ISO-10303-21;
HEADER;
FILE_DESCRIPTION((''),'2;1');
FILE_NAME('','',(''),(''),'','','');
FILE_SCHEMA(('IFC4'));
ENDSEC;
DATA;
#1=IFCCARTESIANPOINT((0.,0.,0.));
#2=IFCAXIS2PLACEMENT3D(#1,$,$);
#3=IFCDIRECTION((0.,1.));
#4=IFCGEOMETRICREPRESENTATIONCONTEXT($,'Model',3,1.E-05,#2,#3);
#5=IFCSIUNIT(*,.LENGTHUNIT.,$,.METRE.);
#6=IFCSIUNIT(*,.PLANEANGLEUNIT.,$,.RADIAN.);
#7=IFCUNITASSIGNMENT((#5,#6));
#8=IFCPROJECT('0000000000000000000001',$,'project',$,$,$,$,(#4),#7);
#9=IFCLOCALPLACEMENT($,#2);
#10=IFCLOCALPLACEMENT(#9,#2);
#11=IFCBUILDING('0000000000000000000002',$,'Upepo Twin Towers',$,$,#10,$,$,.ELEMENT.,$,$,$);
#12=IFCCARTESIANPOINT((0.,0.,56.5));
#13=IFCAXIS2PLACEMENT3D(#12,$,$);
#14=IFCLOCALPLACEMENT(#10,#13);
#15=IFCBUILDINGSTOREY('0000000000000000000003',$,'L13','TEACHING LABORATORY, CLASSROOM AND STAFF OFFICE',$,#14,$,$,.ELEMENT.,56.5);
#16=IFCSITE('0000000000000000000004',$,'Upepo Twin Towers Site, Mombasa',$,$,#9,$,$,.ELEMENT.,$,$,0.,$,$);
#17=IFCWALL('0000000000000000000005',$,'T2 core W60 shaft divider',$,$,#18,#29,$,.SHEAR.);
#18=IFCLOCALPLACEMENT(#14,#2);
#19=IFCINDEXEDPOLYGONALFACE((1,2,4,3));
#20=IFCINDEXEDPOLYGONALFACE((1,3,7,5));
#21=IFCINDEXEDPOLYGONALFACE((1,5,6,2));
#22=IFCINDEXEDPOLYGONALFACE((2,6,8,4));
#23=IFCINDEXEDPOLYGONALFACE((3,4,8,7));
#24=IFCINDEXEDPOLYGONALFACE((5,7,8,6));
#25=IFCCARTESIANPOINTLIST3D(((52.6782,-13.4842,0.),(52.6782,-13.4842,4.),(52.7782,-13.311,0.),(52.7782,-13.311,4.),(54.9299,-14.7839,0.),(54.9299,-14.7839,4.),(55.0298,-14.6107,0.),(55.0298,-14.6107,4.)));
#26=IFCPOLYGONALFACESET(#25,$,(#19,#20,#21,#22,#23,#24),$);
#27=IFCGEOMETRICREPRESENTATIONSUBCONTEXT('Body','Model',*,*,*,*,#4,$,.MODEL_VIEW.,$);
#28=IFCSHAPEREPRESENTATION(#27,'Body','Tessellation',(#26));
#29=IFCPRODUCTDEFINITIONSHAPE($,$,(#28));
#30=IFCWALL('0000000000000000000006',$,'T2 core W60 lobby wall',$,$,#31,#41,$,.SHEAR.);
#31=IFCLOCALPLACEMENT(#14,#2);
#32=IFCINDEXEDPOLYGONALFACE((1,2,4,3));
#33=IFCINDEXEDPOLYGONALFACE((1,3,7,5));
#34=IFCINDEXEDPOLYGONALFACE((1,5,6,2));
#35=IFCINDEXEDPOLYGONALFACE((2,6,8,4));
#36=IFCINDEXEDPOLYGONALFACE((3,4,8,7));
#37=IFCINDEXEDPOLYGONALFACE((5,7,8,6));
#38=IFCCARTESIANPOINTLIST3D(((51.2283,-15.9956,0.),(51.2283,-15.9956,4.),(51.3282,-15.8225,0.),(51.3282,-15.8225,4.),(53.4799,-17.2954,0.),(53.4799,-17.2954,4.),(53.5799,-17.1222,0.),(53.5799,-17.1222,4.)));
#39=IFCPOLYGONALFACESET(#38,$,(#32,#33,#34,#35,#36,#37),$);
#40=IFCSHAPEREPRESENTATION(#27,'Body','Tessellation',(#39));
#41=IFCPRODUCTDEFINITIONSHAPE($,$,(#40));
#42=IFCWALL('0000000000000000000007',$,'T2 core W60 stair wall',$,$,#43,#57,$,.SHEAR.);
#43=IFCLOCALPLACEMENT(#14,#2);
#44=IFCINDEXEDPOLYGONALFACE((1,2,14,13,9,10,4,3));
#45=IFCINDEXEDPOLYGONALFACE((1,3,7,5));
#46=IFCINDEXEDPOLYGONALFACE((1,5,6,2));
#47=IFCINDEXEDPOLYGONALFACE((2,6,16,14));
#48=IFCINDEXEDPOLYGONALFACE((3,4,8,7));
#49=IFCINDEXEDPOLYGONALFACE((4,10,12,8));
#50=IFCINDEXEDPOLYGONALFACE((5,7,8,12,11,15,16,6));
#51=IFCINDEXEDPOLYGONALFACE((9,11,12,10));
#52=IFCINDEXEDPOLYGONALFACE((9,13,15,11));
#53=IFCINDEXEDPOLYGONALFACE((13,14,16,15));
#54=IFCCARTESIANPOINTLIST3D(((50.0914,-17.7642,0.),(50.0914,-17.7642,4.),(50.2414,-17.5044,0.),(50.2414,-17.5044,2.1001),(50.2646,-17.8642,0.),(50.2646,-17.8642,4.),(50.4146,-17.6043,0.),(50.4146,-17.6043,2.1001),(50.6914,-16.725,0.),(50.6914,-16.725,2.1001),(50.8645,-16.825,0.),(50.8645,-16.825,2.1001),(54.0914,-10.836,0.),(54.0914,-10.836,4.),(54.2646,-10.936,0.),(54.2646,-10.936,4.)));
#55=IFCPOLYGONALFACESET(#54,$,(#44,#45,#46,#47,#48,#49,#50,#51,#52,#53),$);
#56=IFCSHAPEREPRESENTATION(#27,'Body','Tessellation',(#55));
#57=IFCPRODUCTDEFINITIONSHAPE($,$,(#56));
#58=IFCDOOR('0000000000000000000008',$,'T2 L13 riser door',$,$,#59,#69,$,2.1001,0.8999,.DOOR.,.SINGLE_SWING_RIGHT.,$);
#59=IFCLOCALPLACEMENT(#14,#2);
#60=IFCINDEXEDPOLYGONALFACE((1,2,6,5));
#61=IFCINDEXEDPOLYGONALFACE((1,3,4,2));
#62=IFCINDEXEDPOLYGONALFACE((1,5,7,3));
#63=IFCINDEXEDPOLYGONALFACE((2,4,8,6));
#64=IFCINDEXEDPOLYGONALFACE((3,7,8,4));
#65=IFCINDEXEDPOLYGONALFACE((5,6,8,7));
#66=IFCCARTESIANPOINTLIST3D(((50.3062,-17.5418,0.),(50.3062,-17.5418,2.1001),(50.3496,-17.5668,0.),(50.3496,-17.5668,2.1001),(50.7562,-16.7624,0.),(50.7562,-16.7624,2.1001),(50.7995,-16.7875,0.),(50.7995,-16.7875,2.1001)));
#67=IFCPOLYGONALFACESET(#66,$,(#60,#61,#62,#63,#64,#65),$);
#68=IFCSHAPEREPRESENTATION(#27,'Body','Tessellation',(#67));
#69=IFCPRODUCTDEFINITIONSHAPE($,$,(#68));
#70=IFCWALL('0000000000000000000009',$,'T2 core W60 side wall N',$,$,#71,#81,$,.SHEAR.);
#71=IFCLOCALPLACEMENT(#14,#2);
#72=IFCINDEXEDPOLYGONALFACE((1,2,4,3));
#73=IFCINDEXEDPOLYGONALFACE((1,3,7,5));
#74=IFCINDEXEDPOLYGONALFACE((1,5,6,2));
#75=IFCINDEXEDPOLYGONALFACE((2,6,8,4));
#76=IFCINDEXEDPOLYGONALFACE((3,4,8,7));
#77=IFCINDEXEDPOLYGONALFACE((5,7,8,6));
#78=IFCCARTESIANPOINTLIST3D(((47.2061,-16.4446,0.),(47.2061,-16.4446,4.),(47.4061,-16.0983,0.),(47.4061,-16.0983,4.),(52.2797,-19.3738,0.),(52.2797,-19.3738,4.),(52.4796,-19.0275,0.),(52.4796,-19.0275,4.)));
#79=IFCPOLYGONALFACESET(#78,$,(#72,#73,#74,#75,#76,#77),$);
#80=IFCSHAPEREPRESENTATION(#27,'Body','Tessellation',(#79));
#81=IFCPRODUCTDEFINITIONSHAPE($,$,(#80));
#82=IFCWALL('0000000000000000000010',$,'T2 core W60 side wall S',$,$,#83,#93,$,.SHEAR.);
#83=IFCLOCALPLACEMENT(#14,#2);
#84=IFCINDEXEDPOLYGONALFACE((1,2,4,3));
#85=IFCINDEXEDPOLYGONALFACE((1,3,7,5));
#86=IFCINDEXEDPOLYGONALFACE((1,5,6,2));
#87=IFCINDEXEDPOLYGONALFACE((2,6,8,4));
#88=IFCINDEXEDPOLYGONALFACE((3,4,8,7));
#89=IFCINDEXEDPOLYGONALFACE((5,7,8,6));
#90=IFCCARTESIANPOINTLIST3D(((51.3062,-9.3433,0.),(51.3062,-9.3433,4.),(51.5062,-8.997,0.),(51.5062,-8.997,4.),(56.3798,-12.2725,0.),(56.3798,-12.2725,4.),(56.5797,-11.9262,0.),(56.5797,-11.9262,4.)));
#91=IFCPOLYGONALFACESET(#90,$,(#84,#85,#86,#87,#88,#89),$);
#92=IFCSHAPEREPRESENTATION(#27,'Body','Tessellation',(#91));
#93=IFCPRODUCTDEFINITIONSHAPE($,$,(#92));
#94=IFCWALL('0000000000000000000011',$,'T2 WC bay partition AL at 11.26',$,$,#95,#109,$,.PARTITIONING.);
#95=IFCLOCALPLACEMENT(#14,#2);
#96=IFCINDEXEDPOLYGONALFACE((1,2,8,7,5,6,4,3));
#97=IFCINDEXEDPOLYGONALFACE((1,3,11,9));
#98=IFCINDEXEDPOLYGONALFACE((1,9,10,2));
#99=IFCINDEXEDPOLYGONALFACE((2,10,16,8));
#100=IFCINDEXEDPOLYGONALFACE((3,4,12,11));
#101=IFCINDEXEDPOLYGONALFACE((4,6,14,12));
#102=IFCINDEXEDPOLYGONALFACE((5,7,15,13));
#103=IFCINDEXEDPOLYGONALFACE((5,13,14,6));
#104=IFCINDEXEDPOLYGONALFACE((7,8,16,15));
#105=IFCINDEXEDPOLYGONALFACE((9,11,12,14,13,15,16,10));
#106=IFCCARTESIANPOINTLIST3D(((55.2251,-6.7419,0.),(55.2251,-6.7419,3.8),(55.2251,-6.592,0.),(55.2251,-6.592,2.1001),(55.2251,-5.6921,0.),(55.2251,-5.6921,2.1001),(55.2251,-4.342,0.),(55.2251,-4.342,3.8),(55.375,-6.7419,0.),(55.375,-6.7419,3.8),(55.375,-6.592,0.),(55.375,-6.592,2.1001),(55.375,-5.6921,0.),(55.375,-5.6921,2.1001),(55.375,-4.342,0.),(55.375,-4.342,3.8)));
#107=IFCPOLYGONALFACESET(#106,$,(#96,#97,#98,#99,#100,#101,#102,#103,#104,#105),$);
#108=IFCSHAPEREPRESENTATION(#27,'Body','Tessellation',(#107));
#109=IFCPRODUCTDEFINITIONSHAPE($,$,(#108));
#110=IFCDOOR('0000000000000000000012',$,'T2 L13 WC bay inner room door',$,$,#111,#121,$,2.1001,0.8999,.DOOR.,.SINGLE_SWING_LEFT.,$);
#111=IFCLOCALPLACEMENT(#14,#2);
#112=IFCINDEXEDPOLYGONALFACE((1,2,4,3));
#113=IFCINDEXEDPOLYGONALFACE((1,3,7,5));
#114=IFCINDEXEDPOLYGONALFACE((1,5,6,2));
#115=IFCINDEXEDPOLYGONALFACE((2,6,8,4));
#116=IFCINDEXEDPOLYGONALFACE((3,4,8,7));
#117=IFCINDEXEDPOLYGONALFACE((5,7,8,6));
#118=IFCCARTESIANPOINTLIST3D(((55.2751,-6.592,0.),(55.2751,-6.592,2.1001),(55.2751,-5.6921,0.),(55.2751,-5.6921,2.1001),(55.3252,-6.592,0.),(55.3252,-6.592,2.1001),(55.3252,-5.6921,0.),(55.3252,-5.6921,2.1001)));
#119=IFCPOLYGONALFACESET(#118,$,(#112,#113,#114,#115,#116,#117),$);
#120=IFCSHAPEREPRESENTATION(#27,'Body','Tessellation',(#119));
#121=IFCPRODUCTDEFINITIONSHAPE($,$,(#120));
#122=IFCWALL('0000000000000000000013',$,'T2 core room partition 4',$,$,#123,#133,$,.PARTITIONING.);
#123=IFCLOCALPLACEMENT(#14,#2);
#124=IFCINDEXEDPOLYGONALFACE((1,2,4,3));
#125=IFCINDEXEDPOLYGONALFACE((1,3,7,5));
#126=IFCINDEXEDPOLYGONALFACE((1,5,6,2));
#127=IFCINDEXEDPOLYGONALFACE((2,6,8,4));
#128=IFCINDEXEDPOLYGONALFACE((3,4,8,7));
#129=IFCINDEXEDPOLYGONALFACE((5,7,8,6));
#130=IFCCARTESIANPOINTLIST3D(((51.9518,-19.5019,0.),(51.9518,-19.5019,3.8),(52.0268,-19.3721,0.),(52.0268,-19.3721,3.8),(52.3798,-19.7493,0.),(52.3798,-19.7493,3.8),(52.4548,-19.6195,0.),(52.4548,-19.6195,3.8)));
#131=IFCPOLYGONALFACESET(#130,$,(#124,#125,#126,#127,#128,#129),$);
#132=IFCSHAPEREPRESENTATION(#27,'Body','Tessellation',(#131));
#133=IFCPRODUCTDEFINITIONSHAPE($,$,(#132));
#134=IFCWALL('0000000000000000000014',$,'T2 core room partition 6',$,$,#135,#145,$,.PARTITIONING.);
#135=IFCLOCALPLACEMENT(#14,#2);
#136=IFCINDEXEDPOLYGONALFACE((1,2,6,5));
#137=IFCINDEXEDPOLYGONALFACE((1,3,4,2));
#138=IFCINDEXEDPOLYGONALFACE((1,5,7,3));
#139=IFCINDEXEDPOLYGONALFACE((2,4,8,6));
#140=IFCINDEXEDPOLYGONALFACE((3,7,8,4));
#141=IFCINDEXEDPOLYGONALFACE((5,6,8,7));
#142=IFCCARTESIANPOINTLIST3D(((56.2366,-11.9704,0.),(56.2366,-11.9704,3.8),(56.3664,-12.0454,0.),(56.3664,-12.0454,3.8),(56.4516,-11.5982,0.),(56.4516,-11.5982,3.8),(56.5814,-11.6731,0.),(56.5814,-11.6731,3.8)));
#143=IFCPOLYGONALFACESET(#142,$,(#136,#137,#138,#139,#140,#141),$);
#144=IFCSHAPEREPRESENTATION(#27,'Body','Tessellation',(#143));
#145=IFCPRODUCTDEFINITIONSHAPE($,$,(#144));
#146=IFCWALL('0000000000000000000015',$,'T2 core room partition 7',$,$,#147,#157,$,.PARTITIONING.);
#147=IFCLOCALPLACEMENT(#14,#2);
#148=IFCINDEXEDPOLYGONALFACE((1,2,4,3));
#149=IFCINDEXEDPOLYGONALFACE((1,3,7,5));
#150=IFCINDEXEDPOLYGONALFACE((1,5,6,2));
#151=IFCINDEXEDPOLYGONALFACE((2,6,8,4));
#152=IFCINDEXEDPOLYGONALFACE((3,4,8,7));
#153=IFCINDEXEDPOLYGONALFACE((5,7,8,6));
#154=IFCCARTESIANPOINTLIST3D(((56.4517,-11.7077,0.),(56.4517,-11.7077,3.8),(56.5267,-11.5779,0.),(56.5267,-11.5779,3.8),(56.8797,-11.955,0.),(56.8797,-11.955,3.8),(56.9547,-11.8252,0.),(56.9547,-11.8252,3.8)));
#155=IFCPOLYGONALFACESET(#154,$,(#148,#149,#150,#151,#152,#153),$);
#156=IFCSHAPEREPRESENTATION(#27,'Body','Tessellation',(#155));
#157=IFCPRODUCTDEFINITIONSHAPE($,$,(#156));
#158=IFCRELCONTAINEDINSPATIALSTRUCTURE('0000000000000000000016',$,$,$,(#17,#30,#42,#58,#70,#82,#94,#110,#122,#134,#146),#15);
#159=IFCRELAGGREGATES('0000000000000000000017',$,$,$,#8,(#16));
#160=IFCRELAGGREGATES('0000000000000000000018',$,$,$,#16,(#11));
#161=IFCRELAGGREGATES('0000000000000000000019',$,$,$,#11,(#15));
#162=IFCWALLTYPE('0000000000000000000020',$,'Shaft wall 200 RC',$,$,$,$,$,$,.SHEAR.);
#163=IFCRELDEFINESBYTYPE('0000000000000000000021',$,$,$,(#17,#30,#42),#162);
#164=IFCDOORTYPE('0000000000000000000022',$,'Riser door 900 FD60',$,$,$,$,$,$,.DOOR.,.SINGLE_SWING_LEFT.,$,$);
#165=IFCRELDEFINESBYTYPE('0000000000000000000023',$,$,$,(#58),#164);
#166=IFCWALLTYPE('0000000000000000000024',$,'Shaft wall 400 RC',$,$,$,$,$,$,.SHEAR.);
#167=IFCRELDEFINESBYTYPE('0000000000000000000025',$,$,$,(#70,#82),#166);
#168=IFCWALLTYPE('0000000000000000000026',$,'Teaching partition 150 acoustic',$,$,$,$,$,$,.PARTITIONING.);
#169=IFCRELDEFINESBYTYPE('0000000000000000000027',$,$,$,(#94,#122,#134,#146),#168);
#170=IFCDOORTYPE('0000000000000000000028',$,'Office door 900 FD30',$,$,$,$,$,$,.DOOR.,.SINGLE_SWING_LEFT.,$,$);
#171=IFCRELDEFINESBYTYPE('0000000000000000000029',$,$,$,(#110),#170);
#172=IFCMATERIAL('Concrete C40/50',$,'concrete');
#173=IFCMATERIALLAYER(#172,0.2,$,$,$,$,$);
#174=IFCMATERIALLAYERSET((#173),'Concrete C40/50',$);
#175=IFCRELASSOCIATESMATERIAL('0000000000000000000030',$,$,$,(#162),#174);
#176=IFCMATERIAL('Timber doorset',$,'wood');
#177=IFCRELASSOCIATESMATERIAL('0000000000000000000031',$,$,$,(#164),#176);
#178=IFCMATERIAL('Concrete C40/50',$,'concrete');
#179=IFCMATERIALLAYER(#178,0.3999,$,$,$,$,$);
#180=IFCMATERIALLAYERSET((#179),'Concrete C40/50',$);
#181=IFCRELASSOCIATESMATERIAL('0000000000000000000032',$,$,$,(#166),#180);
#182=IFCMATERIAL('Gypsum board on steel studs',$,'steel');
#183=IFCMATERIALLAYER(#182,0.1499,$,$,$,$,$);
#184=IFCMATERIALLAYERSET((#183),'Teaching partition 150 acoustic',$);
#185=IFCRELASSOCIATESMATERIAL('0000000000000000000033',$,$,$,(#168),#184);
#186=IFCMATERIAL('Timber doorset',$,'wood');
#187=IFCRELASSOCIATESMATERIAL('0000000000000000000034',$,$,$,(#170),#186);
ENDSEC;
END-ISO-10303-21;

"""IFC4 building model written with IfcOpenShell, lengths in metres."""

from ifc_helpers import new_model, si_unit, direction, frame, frame_2d, origin, place, context, subcontext, project, spatial, rectangle, extrude, material, layer, layer_set, type_object, element, fill, save


model = new_model("IFC4")

# Units and contexts
model_context = context("Model", 3, precision=1e-05, world=origin(), true_north=direction((0.0, 1.0)))
body_context = subcontext(model_context, "Body", "Model", "MODEL_VIEW")
ifc_project = project(units=[si_unit("LENGTHUNIT", "METRE"), si_unit("PLANEANGLEUNIT", "RADIAN")], contexts=[model_context])

# Site, building, storey
site_placement = place(None, origin())
site = spatial("IfcSite", under=ifc_project, at=site_placement, Name="Upepo Twin Towers Site, Mombasa", CompositionType="ELEMENT", RefElevation=0.0)
building_placement = place(site_placement, origin())
building = spatial("IfcBuilding", under=site, at=building_placement, Name="Upepo Twin Towers", CompositionType="ELEMENT")
storey_placement = place(building_placement, frame((0.0, 0.0, 56.5)))
storey = spatial("IfcBuildingStorey", under=building, at=storey_placement, Name="L13", Description="TEACHING LABORATORY, CLASSROOM AND STAFF OFFICE", CompositionType="ELEMENT", Elevation=56.5)

# Shared definitions
ifc_material_1 = material(Name="Concrete C40/50", Category="concrete")
ifc_layer_1 = layer(ifc_material_1, 0.2)
ifc_layer_set_1 = layer_set([ifc_layer_1], Name="Concrete C40/50")
wall_type_1 = type_object("IfcWallType", Name="Shaft wall 200 RC", PredefinedType="SHEAR", material=ifc_layer_set_1)

# Walls
for number, where, z_axis, x_axis, name in (
    (1, (54.9797, -14.6973, 0.0), (0.0, 0.0, 1.0), (-0.866062, 0.499937, 0.0), "T2 core W60 shaft divider"),
    (2, (53.5298, -17.2087, 0.0), (0.0, 0.0, 1.0), (-0.866062, 0.499937, 0.0), "T2 core W60 lobby wall"),
):
    element("IfcWall", number, at=place(storey_placement, frame(where, z_axis=z_axis, x_axis=x_axis)), inside=storey, type_object=wall_type_1, Name=name, PredefinedType="SHEAR", context=body_context, shape_type="SweptSolid", body=[
        extrude(rectangle(XDim=2.5999, YDim=0.2, at=frame_2d((1.2998, 0.0))), origin(), (0.0, 0.0, 1.0), 4.0),
    ])

# Wall, opening, door
wall_1_placement = place(storey_placement, frame((54.178, -10.886, 0.0), z_axis=(0.0, 0.0, 1.0), x_axis=(-0.499999, -0.866026, 0.0)))
wall_1 = element("IfcWall", 3, at=wall_1_placement, inside=storey, type_object=wall_type_1, Name="T2 core W60 stair wall", PredefinedType="SHEAR", context=body_context, shape_type="SweptSolid", body=[
    extrude(rectangle(XDim=8.0, YDim=0.2, at=frame_2d((4.0, 0.0))), origin(), (0.0, 0.0, 1.0), 4.0),
])
opening_1_placement = place(wall_1_placement, frame((6.8, 0.0, 0.0)))
opening_1 = element("IfcOpeningElement", 4, at=opening_1_placement, cuts=wall_1, PredefinedType="OPENING", context=body_context, shape_type="SweptSolid", body=[
    extrude(rectangle(XDim=0.8999, YDim=2.1001, at=frame_2d((0.45, 1.05))), frame((0.0, 0.1099, 0.0), z_axis=(0.0, -1.0, 0.0), x_axis=(1.0, 0.0, 0.0)), (0.0, 0.0, 1.0), 0.22),
])
ifc_material_2 = material(Name="Timber doorset", Category="wood")
door_type_1 = type_object("IfcDoorType", Name="Riser door 900 FD60", OperationType="SINGLE_SWING_LEFT", PredefinedType="DOOR", material=ifc_material_2)
door_1_placement = place(opening_1_placement, origin())
door_1 = element("IfcDoor", 5, at=door_1_placement, inside=storey, type_object=door_type_1, Name="T2 L13 riser door", OperationType="SINGLE_SWING_RIGHT", OverallHeight=2.1001, OverallWidth=0.8999, PredefinedType="DOOR", context=body_context, shape_type="SweptSolid", body=[
    extrude(rectangle(XDim=0.8999, YDim=2.1001, at=frame_2d((0.45, 1.05))), frame((0.0, 0.0249, 0.0), z_axis=(0.0, -1.0, 0.0), x_axis=(1.0, 0.0, 0.0)), (0.0, 0.0, 1.0), 0.05),
])
fill(opening_1, door_1)

# Walls
ifc_material_3 = material(Name="Concrete C40/50", Category="concrete")
ifc_layer_2 = layer(ifc_material_3, 0.3999)
ifc_layer_set_2 = layer_set([ifc_layer_2], Name="Concrete C40/50")
wall_type_2 = type_object("IfcWallType", Name="Shaft wall 400 RC", PredefinedType="SHEAR", material=ifc_layer_set_2)
for number, where, z_axis, x_axis, name in (
    (6, (52.3796, -19.2007, 0.0), (0.0, 0.0, 1.0), (-0.866024, 0.500003, 0.0), "T2 core W60 side wall N"),
    (7, (56.4797, -12.0994, 0.0), (0.0, 0.0, 1.0), (-0.866024, 0.500003, 0.0), "T2 core W60 side wall S"),
):
    element("IfcWall", number, at=place(storey_placement, frame(where, z_axis=z_axis, x_axis=x_axis)), inside=storey, type_object=wall_type_2, Name=name, PredefinedType="SHEAR", context=body_context, shape_type="SweptSolid", body=[
        extrude(rectangle(XDim=5.8584, YDim=0.3999, at=frame_2d((2.9292, 0.0))), origin(), (0.0, 0.0, 1.0), 4.0),
    ])

# Wall, opening, door
ifc_material_4 = material(Name="Gypsum board on steel studs", Category="steel")
ifc_layer_3 = layer(ifc_material_4, 0.1499)
ifc_layer_set_3 = layer_set([ifc_layer_3], Name="Teaching partition 150 acoustic")
wall_type_3 = type_object("IfcWallType", Name="Teaching partition 150 acoustic", PredefinedType="PARTITIONING", material=ifc_layer_set_3)
wall_2_placement = place(storey_placement, frame((55.3, -6.7419, 0.0), z_axis=(0.0, 0.0, 1.0), x_axis=(0.0, 1.0, 0.0)))
wall_2 = element("IfcWall", 8, at=wall_2_placement, inside=storey, type_object=wall_type_3, Name="T2 WC bay partition AL at 11.26", PredefinedType="PARTITIONING", context=body_context, shape_type="SweptSolid", body=[
    extrude(rectangle(XDim=2.3999, YDim=0.1499, at=frame_2d((1.2, 0.0))), origin(), (0.0, 0.0, 1.0), 3.8),
])
opening_2_placement = place(wall_2_placement, frame((0.1499, 0.0, 0.0)))
opening_2 = element("IfcOpeningElement", 9, at=opening_2_placement, cuts=wall_2, PredefinedType="OPENING", context=body_context, shape_type="SweptSolid", body=[
    extrude(rectangle(XDim=0.8999, YDim=2.1001, at=frame_2d((0.45, 1.05))), frame((0.0, 0.085, 0.0), z_axis=(0.0, -1.0, 0.0), x_axis=(1.0, 0.0, 0.0)), (0.0, 0.0, 1.0), 0.1699),
])
ifc_material_5 = material(Name="Timber doorset", Category="wood")
door_type_2 = type_object("IfcDoorType", Name="Office door 900 FD30", OperationType="SINGLE_SWING_LEFT", PredefinedType="DOOR", material=ifc_material_5)
door_2_placement = place(opening_2_placement, origin())
door_2 = element("IfcDoor", 10, at=door_2_placement, inside=storey, type_object=door_type_2, Name="T2 L13 WC bay inner room door", OperationType="SINGLE_SWING_LEFT", OverallHeight=2.1001, OverallWidth=0.8999, PredefinedType="DOOR", context=body_context, shape_type="SweptSolid", body=[
    extrude(rectangle(XDim=0.8999, YDim=2.1001, at=frame_2d((0.45, 1.05))), frame((0.0, 0.0249, 0.0), z_axis=(0.0, -1.0, 0.0), x_axis=(1.0, 0.0, 0.0)), (0.0, 0.0, 1.0), 0.05),
])
fill(opening_2, door_2)

# Walls
wall_3_placement = place(storey_placement, frame((52.4172, -19.6843, 0.0), z_axis=(0.0, 0.0, 1.0), x_axis=(-0.865832, 0.500335, 0.0)))
element("IfcWall", 11, at=wall_3_placement, inside=storey, type_object=wall_type_3, Name="T2 core room partition 4", PredefinedType="PARTITIONING", context=body_context, shape_type="SweptSolid", body=[
    extrude(rectangle(XDim=0.4944, YDim=0.1499, at=frame_2d((0.2471, 0.0))), origin(), (0.0, 0.0, 1.0), 3.8),
])
wall_4_placement = place(storey_placement, frame((56.3015, -12.0078, 0.0), z_axis=(0.0, 0.0, 1.0), x_axis=(0.50023, 0.865892, 0.0)))
element("IfcWall", 12, at=wall_4_placement, inside=storey, type_object=wall_type_3, Name="T2 core room partition 6", PredefinedType="PARTITIONING", context=body_context, shape_type="SweptSolid", body=[
    extrude(rectangle(XDim=0.4299, YDim=0.1499, at=frame_2d((0.2148, 0.0))), origin(), (0.0, 0.0, 1.0), 3.8),
])
wall_5_placement = place(storey_placement, frame((56.4893, -11.6428, 0.0), z_axis=(0.0, 0.0, 1.0), x_axis=(0.865832, -0.500335, 0.0)))
element("IfcWall", 13, at=wall_5_placement, inside=storey, type_object=wall_type_3, Name="T2 core room partition 7", PredefinedType="PARTITIONING", context=body_context, shape_type="SweptSolid", body=[
    extrude(rectangle(XDim=0.4944, YDim=0.1499, at=frame_2d((0.2471, 0.0))), origin(), (0.0, 0.0, 1.0), 3.8),
])

save(model, "model.ifc")
